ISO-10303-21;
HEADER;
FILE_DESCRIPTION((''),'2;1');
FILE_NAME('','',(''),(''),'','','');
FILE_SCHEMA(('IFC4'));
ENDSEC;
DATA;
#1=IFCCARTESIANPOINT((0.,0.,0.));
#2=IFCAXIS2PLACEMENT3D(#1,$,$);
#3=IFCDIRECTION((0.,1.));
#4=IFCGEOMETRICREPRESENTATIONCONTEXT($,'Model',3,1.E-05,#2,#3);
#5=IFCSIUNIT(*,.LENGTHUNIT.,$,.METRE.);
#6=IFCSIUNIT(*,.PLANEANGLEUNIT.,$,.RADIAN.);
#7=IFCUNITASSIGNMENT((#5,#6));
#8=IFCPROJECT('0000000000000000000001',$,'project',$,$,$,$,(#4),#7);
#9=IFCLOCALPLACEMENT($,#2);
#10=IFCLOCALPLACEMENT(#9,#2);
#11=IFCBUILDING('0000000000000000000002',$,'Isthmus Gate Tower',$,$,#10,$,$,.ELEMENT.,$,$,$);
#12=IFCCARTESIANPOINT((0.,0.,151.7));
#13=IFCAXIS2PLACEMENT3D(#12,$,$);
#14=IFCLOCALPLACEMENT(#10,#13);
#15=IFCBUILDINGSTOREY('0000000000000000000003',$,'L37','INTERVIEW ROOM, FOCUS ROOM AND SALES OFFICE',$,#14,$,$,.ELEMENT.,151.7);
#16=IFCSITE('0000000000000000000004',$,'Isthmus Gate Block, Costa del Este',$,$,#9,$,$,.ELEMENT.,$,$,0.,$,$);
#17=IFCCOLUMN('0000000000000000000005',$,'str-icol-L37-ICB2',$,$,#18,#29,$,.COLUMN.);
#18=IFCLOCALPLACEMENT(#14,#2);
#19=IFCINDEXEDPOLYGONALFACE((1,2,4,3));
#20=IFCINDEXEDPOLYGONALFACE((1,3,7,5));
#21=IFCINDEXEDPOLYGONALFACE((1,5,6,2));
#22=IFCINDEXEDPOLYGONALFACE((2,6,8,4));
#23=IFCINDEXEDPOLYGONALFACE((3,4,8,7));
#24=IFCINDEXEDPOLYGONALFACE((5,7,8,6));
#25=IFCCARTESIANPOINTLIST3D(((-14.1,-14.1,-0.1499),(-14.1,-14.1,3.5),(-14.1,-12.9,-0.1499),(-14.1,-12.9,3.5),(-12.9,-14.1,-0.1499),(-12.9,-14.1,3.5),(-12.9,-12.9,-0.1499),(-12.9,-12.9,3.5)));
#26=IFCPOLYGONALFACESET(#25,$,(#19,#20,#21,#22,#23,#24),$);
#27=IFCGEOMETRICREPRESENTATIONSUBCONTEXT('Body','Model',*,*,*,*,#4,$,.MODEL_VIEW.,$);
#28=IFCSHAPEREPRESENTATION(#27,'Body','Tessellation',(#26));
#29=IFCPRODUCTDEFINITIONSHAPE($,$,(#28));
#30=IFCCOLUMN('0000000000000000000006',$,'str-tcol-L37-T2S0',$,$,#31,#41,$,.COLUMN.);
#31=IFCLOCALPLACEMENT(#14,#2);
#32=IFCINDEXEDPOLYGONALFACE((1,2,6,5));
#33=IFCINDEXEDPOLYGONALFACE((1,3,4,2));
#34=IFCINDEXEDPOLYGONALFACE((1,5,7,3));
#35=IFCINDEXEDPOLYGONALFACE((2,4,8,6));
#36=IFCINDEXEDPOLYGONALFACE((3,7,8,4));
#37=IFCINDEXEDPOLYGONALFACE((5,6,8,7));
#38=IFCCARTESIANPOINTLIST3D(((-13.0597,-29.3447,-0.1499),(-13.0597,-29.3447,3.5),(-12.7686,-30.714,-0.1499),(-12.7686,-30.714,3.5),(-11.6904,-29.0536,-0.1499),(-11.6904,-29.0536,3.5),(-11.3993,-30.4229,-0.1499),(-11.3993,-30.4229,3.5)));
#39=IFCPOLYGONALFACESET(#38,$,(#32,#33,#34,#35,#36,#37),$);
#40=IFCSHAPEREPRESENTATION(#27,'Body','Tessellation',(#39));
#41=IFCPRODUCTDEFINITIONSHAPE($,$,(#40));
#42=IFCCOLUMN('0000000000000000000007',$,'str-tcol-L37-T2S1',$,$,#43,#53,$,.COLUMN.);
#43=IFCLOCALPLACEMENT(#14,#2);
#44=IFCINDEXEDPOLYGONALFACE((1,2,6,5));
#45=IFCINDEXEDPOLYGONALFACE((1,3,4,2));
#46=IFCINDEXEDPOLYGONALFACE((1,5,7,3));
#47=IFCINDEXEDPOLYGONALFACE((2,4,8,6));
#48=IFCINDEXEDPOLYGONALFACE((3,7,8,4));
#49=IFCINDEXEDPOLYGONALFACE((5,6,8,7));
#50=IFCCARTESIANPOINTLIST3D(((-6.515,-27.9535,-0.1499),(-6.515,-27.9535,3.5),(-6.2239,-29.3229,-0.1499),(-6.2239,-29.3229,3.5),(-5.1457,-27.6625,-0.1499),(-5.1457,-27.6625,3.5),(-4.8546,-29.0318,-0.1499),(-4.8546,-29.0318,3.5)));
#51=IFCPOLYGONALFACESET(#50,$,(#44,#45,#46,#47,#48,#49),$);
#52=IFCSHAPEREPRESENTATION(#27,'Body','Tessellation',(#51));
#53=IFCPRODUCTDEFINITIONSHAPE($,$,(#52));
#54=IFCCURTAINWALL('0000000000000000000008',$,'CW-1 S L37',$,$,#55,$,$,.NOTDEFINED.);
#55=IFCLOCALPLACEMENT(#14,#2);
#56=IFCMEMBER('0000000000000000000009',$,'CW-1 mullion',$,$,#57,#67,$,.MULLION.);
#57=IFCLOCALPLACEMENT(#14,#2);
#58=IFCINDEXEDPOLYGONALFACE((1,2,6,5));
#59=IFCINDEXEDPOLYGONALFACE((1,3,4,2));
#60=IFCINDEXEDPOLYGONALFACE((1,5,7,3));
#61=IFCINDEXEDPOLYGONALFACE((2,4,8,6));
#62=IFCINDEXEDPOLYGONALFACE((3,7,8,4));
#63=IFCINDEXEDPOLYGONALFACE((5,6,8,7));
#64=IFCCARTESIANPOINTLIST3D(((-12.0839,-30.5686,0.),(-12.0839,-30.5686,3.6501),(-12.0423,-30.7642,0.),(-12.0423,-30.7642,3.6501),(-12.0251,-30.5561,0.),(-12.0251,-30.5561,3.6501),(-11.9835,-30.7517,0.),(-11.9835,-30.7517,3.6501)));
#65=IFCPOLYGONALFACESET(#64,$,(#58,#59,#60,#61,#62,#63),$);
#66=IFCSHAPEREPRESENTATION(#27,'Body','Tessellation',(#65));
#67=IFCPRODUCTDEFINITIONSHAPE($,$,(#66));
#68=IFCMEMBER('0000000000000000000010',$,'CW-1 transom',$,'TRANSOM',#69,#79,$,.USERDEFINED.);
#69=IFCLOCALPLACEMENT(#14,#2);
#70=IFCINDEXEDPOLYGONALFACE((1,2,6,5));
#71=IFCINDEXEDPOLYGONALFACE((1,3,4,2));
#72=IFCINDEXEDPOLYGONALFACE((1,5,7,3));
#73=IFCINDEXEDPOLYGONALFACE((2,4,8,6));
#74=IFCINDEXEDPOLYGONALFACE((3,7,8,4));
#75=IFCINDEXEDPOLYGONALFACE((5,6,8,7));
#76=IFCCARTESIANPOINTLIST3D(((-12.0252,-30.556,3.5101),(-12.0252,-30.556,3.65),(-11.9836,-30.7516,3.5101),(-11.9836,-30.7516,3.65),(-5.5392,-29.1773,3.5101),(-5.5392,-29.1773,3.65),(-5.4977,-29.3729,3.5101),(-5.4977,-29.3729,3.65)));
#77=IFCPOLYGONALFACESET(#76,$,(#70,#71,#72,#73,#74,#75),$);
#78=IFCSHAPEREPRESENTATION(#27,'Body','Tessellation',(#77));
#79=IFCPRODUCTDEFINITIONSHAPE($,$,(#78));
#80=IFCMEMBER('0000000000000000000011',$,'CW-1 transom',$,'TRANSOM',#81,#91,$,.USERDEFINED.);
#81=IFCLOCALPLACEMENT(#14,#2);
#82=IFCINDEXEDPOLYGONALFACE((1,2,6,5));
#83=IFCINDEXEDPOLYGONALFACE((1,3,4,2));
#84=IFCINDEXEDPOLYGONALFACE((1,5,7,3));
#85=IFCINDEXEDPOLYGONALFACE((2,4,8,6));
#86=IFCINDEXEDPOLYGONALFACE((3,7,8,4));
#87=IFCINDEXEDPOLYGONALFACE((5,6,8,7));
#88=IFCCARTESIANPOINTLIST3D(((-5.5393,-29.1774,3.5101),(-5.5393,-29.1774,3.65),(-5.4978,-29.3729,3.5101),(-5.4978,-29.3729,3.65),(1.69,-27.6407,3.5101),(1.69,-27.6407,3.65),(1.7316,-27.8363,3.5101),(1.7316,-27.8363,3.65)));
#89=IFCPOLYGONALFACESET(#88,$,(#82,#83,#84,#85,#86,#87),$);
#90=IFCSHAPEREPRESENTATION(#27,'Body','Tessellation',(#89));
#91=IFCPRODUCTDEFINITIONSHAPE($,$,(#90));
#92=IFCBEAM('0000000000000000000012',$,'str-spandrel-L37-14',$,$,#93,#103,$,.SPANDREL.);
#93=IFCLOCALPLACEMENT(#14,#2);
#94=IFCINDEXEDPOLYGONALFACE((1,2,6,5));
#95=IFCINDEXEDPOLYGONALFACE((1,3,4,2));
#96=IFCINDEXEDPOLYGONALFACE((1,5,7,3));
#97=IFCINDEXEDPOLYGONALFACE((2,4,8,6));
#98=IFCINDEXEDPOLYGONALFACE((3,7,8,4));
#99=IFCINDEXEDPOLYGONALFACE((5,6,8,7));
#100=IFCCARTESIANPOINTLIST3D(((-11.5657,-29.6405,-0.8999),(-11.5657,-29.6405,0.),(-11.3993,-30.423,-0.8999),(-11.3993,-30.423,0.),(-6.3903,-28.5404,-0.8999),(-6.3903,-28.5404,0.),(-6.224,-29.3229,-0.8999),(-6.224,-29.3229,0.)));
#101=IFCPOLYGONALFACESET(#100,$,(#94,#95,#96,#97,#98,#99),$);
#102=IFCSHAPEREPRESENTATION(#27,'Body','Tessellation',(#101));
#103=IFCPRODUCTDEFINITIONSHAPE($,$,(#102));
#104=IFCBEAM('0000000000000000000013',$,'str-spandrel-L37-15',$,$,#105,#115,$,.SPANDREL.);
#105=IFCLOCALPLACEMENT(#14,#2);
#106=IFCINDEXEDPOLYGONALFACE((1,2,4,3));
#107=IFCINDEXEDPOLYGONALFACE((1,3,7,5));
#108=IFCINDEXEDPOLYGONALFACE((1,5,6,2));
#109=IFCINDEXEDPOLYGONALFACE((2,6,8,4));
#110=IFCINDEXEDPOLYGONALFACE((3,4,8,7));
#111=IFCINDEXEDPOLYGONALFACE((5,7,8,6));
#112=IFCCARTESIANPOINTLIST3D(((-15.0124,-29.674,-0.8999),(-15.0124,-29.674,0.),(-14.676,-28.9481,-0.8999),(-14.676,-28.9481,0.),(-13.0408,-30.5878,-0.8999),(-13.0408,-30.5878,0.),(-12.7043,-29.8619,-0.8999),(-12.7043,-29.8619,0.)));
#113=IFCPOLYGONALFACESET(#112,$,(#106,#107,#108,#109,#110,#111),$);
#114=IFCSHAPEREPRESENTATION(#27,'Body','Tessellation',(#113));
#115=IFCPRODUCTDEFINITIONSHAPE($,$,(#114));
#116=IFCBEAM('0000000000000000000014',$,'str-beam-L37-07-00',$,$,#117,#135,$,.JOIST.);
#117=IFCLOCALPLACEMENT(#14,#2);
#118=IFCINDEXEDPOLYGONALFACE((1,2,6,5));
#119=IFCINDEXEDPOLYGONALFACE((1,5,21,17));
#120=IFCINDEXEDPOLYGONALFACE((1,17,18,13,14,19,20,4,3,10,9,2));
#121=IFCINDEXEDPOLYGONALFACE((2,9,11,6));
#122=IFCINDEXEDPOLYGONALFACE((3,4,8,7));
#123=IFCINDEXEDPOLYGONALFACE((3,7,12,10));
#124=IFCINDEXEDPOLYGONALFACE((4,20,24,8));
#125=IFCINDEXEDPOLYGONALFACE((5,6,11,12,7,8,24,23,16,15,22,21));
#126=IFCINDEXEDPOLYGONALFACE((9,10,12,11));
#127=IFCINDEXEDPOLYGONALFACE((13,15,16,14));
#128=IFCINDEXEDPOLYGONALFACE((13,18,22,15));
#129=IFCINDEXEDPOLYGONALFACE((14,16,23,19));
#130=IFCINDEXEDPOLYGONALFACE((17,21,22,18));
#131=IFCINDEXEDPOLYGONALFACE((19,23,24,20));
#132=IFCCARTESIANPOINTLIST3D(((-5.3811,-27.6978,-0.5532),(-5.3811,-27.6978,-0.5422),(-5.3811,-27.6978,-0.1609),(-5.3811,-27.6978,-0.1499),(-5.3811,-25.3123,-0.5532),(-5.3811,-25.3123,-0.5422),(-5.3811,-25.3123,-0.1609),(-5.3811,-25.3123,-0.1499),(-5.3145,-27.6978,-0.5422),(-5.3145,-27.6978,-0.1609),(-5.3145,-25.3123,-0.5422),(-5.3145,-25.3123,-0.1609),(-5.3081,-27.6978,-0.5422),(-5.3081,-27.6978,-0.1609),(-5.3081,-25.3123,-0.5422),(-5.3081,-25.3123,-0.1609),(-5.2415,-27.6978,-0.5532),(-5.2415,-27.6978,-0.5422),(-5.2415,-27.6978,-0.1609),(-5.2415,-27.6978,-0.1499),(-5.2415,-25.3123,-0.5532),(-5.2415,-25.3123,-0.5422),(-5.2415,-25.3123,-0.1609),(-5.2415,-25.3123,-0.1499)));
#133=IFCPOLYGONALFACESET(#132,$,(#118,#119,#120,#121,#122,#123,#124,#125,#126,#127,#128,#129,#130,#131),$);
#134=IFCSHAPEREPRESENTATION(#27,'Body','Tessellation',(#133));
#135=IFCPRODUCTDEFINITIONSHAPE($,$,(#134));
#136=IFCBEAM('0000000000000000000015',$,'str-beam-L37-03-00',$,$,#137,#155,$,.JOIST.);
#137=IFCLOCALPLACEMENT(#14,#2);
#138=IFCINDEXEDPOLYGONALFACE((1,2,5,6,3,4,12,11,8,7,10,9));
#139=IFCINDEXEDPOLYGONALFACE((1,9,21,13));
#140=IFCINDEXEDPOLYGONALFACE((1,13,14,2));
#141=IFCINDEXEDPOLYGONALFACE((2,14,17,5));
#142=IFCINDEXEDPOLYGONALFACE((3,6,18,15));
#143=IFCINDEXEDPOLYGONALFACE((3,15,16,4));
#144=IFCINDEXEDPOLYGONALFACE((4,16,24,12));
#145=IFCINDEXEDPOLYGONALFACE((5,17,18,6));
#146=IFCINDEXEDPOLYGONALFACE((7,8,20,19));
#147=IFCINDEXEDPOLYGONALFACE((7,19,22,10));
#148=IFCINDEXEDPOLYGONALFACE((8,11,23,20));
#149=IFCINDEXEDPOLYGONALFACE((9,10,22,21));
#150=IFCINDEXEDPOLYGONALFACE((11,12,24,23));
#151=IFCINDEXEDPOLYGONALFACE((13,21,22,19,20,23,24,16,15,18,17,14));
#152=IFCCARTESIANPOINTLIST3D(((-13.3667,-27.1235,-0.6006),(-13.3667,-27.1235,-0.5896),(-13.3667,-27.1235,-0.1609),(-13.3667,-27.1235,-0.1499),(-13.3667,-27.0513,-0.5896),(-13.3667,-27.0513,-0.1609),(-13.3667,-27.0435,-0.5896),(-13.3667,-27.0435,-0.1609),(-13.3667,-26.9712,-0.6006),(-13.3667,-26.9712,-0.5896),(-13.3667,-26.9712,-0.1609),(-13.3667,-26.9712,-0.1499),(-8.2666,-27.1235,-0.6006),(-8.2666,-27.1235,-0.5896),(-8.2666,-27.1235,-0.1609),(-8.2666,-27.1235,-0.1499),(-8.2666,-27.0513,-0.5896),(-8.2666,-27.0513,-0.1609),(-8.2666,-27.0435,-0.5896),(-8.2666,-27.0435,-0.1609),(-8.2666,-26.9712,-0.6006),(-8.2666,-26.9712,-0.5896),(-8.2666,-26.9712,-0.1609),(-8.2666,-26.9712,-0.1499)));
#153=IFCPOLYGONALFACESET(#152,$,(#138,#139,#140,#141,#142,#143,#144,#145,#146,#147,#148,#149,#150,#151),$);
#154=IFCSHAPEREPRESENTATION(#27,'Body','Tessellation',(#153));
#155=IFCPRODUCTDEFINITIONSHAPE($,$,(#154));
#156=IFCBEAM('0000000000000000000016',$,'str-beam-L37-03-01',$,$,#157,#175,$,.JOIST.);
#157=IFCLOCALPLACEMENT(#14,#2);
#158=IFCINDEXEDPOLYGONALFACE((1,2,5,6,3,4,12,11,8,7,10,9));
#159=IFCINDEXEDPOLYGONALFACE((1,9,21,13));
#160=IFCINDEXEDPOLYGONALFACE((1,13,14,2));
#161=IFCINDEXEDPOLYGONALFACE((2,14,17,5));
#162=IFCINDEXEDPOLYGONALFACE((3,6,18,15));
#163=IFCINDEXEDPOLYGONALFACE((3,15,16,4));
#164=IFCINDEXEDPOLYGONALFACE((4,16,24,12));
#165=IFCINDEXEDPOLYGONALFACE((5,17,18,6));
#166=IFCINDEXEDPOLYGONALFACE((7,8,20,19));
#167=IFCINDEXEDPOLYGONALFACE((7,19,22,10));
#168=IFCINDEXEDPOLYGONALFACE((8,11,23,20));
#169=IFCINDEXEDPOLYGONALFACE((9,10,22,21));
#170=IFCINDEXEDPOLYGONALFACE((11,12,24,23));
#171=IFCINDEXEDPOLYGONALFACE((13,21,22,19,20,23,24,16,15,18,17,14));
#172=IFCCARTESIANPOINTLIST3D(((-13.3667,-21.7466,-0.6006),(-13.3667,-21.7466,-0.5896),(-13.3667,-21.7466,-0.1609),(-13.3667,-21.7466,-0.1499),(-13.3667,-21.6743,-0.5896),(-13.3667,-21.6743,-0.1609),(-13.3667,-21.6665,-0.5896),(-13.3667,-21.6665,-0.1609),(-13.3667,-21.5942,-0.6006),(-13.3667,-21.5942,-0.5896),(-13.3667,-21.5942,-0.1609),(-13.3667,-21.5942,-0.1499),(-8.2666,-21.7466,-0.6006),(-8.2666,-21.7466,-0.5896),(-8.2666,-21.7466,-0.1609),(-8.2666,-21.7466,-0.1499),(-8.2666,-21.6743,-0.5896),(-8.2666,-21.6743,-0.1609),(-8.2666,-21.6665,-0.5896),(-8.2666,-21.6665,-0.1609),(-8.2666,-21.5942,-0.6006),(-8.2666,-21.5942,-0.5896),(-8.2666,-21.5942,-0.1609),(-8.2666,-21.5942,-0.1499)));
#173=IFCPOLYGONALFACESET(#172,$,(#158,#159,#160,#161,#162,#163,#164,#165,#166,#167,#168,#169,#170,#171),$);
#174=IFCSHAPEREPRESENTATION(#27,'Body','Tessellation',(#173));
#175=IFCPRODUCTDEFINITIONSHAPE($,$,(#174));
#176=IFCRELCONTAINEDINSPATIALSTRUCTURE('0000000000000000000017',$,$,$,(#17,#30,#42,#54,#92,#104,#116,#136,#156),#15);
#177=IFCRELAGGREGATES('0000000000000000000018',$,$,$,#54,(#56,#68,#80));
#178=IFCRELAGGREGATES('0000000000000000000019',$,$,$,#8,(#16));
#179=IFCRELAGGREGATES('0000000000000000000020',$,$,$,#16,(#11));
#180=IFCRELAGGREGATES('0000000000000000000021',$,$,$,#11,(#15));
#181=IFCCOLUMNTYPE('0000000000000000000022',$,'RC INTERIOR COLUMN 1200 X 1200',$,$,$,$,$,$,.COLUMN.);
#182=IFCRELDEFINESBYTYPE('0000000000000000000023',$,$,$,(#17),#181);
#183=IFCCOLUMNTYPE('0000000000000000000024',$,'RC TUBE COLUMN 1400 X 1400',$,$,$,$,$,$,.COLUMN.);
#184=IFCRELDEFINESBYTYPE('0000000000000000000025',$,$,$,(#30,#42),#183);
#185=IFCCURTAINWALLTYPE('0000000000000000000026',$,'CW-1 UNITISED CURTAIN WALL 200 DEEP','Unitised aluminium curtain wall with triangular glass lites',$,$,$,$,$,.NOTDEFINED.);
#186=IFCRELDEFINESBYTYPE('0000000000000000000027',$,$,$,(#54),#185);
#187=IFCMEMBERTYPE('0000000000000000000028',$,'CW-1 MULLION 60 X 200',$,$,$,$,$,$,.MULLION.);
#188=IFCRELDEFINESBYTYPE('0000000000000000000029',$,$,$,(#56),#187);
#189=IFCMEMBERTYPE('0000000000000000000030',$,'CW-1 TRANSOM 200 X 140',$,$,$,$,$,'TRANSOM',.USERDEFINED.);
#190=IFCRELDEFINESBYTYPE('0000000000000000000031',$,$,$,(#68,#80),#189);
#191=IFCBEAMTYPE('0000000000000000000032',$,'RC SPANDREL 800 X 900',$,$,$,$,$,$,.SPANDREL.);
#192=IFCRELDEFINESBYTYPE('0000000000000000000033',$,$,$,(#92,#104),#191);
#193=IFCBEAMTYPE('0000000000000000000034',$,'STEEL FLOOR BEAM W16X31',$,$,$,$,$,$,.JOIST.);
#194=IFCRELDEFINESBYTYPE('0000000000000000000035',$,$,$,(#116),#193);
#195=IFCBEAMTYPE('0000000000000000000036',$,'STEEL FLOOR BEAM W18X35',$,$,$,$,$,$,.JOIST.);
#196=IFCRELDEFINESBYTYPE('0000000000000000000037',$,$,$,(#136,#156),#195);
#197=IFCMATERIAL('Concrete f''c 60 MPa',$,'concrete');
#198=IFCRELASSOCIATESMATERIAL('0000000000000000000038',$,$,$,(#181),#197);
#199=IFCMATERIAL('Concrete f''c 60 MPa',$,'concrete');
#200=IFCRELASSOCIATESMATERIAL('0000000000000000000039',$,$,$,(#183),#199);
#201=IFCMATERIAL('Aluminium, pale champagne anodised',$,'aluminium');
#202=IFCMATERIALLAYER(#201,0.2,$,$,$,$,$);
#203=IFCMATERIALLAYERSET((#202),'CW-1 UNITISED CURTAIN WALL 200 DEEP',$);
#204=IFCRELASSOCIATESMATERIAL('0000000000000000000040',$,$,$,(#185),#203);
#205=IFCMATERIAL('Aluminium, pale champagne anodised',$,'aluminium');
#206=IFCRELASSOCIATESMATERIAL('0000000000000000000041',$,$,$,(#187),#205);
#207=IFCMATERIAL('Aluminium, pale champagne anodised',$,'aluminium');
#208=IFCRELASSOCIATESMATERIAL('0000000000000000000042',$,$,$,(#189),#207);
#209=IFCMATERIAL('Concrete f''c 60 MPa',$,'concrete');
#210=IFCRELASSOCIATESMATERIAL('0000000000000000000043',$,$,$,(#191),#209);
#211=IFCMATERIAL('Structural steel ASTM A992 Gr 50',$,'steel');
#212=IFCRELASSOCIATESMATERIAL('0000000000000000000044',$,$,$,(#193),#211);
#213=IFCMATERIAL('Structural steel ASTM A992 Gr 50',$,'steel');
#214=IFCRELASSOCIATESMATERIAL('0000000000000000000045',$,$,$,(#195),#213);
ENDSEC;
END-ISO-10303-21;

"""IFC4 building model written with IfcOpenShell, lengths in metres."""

from ifc_helpers import new_model, si_unit, direction, frame, origin, origin_2d, place, context, subcontext, project, spatial, rectangle, i_section, extrude, material, layer, layer_set, material_profile, profile_set, type_object, element, aggregate, save


model = new_model("IFC4")

# Units and contexts
model_context = context("Model", 3, precision=1e-05, world=origin(), true_north=direction((0.0, 1.0)))
body_context = subcontext(model_context, "Body", "Model", "MODEL_VIEW")
ifc_project = project(units=[si_unit("LENGTHUNIT", "METRE"), si_unit("PLANEANGLEUNIT", "RADIAN")], contexts=[model_context])

# Site, building, storey
site_placement = place(None, origin())
site = spatial("IfcSite", under=ifc_project, at=site_placement, Name="Isthmus Gate Block, Costa del Este", CompositionType="ELEMENT", RefElevation=0.0)
building_placement = place(site_placement, origin())
building = spatial("IfcBuilding", under=site, at=building_placement, Name="Isthmus Gate Tower", CompositionType="ELEMENT")
storey_placement = place(building_placement, frame((0.0, 0.0, 151.7)))
storey = spatial("IfcBuildingStorey", under=building, at=storey_placement, Name="L37", Description="INTERVIEW ROOM, FOCUS ROOM AND SALES OFFICE", CompositionType="ELEMENT", Elevation=151.7)

# Columns
ifc_material_1 = material(Name="Concrete f'c 60 MPa", Category="concrete")
ifc_material_profile_1 = material_profile(ifc_material_1, rectangle(XDim=1.2, YDim=1.2, at=origin_2d()), Name="RC 1200X1200")
ifc_profile_set_1 = profile_set([ifc_material_profile_1], Name="Concrete f'c 60 MPa")
column_type_1 = type_object("IfcColumnType", Name="RC INTERIOR COLUMN 1200 X 1200", PredefinedType="COLUMN", material=ifc_profile_set_1)
column_placement = place(storey_placement, frame((-13.5, -13.5, -0.1499), z_axis=(0.0, 0.0, 1.0), x_axis=(1.0, 0.0, 0.0)))
element("IfcColumn", 1, at=column_placement, inside=storey, type_object=column_type_1, Name="str-icol-L37-ICB2", PredefinedType="COLUMN", context=body_context, shape_type="SweptSolid", body=[
    extrude(rectangle(XDim=1.2, YDim=1.2, at=origin_2d()), origin(), (0.0, 0.0, 1.0), 3.6499),
])
ifc_material_2 = material(Name="Concrete f'c 60 MPa", Category="concrete")
ifc_material_profile_2 = material_profile(ifc_material_2, rectangle(XDim=1.3999, YDim=1.3999, at=origin_2d()), Name="RC 1400X1400")
ifc_profile_set_2 = profile_set([ifc_material_profile_2], Name="Concrete f'c 60 MPa")
column_type_2 = type_object("IfcColumnType", Name="RC TUBE COLUMN 1400 X 1400", PredefinedType="COLUMN", material=ifc_profile_set_2)
for number, where, z_axis, x_axis, name in (
    (2, (-12.2295, -29.8838, -0.1499), (0.0, 0.0, 1.0), (0.978148, 0.207912, 0.0), "str-tcol-L37-T2S0"),
    (3, (-5.6848, -28.4927, -0.1499), (0.0, 0.0, 1.0), (0.978148, 0.207912, 0.0), "str-tcol-L37-T2S1"),
):
    element("IfcColumn", number, at=place(storey_placement, frame(where, z_axis=z_axis, x_axis=x_axis)), inside=storey, type_object=column_type_2, Name=name, PredefinedType="COLUMN", context=body_context, shape_type="SweptSolid", body=[
        extrude(rectangle(XDim=1.3999, YDim=1.3999, at=origin_2d()), origin(), (0.0, 0.0, 1.0), 3.6499),
    ])

# Curtain wall, members
ifc_material_3 = material(Name="Aluminium, pale champagne anodised", Category="aluminium")
ifc_layer_1 = layer(ifc_material_3, 0.2)
ifc_layer_set_1 = layer_set([ifc_layer_1], Name="CW-1 UNITISED CURTAIN WALL 200 DEEP")
curtain_wall_type = type_object("IfcCurtainWallType", Name="CW-1 UNITISED CURTAIN WALL 200 DEEP", Description="Unitised aluminium curtain wall with triangular glass lites", PredefinedType="NOTDEFINED", material=ifc_layer_set_1)
curtain_wall_1_placement = place(storey_placement, origin())
curtain_wall_1 = element("IfcCurtainWall", 4, at=curtain_wall_1_placement, inside=storey, type_object=curtain_wall_type, Name="CW-1 S L37", PredefinedType="NOTDEFINED")
ifc_material_4 = material(Name="Aluminium, pale champagne anodised", Category="aluminium")
ifc_material_profile_3 = material_profile(ifc_material_4, rectangle(XDim=0.0601, YDim=0.2, at=origin_2d()), Name="60x200")
ifc_profile_set_3 = profile_set([ifc_material_profile_3], Name="Aluminium, pale champagne anodised")
member_type_1 = type_object("IfcMemberType", Name="CW-1 MULLION 60 X 200", PredefinedType="MULLION", material=ifc_profile_set_3)
member_1_placement = place(storey_placement, frame((-12.0337, -30.6602, 0.0), z_axis=(0.0, 0.0, 1.0), x_axis=(0.978148, 0.207912, 0.0)))
member_1 = element("IfcMember", 5, at=member_1_placement, type_object=member_type_1, Name="CW-1 mullion", PredefinedType="MULLION", context=body_context, shape_type="SweptSolid", body=[
    extrude(rectangle(XDim=0.0601, YDim=0.2, at=origin_2d()), origin(), (0.0, 0.0, 1.0), 3.6501),
])
ifc_material_5 = material(Name="Aluminium, pale champagne anodised", Category="aluminium")
ifc_material_profile_4 = material_profile(ifc_material_5, rectangle(XDim=0.2, YDim=0.1399, at=origin_2d()), Name="200x140")
ifc_profile_set_4 = profile_set([ifc_material_profile_4], Name="Aluminium, pale champagne anodised")
member_type_2 = type_object("IfcMemberType", Name="CW-1 TRANSOM 200 X 140", ElementType="TRANSOM", PredefinedType="USERDEFINED", material=ifc_profile_set_4)
member_2_placement = place(storey_placement, frame((-12.0044, -30.6538, 3.5801), z_axis=(0.978146, 0.20792, 0.0), x_axis=(-0.20792, 0.978146, 0.0)))
member_2 = element("IfcMember", 6, at=member_2_placement, type_object=member_type_2, Name="CW-1 transom", ObjectType="TRANSOM", PredefinedType="USERDEFINED", context=body_context, shape_type="SweptSolid", body=[
    extrude(rectangle(XDim=0.2, YDim=0.1399, at=origin_2d()), origin(), (0.0, 0.0, 1.0), 6.6309),
])
member_3_placement = place(storey_placement, frame((-5.5186, -29.2751, 3.5801), z_axis=(0.978148, 0.207911, 0.0), x_axis=(-0.207911, 0.978148, 0.0)))
member_3 = element("IfcMember", 7, at=member_3_placement, type_object=member_type_2, Name="CW-1 transom", ObjectType="TRANSOM", PredefinedType="USERDEFINED", context=body_context, shape_type="SweptSolid", body=[
    extrude(rectangle(XDim=0.2, YDim=0.1399, at=origin_2d()), origin(), (0.0, 0.0, 1.0), 7.3909),
])

# Beams
ifc_material_6 = material(Name="Concrete f'c 60 MPa", Category="concrete")
ifc_material_profile_5 = material_profile(ifc_material_6, rectangle(XDim=0.8, YDim=0.8999, at=origin_2d()), Name="RC 800X900")
ifc_profile_set_5 = profile_set([ifc_material_profile_5], Name="Concrete f'c 60 MPa")
beam_type_1 = type_object("IfcBeamType", Name="RC SPANDREL 800 X 900", PredefinedType="SPANDREL", material=ifc_profile_set_5)
beam_1_placement = place(storey_placement, frame((-6.3071, -28.9316, -0.45), z_axis=(-0.978145, -0.207922, 0.0), x_axis=(0.207922, -0.978145, 0.0)))
element("IfcBeam", 8, at=beam_1_placement, inside=storey, type_object=beam_type_1, Name="str-spandrel-L37-14", PredefinedType="SPANDREL", context=body_context, shape_type="SweptSolid", body=[
    extrude(rectangle(XDim=0.8, YDim=0.8999, at=origin_2d()), origin(), (0.0, 0.0, 1.0), 5.291),
])
beam_2_placement = place(storey_placement, frame((-12.8726, -30.2249, -0.45), z_axis=(-0.907291, 0.420504, 0.0), x_axis=(-0.420504, -0.907291, 0.0)))
element("IfcBeam", 9, at=beam_2_placement, inside=storey, type_object=beam_type_1, Name="str-spandrel-L37-15", PredefinedType="SPANDREL", context=body_context, shape_type="SweptSolid", body=[
    extrude(rectangle(XDim=0.8, YDim=0.8999, at=origin_2d()), origin(), (0.0, 0.0, 1.0), 2.1731),
])
ifc_material_7 = material(Name="Structural steel ASTM A992 Gr 50", Category="steel")
ifc_material_profile_6 = material_profile(ifc_material_7, i_section(OverallWidth=0.1396, OverallDepth=0.4033, WebThickness=0.0063, FlangeThickness=0.011, at=origin_2d()), Name="W16X31")
ifc_profile_set_6 = profile_set([ifc_material_profile_6], Name="Structural steel ASTM A992 Gr 50")
beam_type_2 = type_object("IfcBeamType", Name="STEEL FLOOR BEAM W16X31", PredefinedType="JOIST", material=ifc_profile_set_6)
beam_3_placement = place(storey_placement, frame((-5.3113, -27.6978, -0.3516), z_axis=(0.0, 1.0, 0.0), x_axis=(-1.0, 0.0, 0.0)))
element("IfcBeam", 10, at=beam_3_placement, inside=storey, type_object=beam_type_2, Name="str-beam-L37-07-00", PredefinedType="JOIST", context=body_context, shape_type="SweptSolid", body=[
    extrude(i_section(OverallWidth=0.1396, OverallDepth=0.4033, WebThickness=0.0063, FlangeThickness=0.011, at=origin_2d()), origin(), (0.0, 0.0, 1.0), 2.3855),
])
ifc_material_8 = material(Name="Structural steel ASTM A992 Gr 50", Category="steel")
ifc_material_profile_7 = material_profile(ifc_material_8, i_section(OverallWidth=0.1523, OverallDepth=0.4507, WebThickness=0.0078, FlangeThickness=0.011, at=origin_2d()), Name="W18X35")
ifc_profile_set_7 = profile_set([ifc_material_profile_7], Name="Structural steel ASTM A992 Gr 50")
beam_type_3 = type_object("IfcBeamType", Name="STEEL FLOOR BEAM W18X35", PredefinedType="JOIST", material=ifc_profile_set_7)
for number, where, z_axis, x_axis, name in (
    (11, (-13.3667, -27.0474, -0.3752), (1.0, 0.0, 0.0), (0.0, 1.0, 0.0), "str-beam-L37-03-00"),
    (12, (-13.3667, -21.6704, -0.3752), (1.0, 0.0, 0.0), (0.0, 1.0, 0.0), "str-beam-L37-03-01"),
):
    element("IfcBeam", number, at=place(storey_placement, frame(where, z_axis=z_axis, x_axis=x_axis)), inside=storey, type_object=beam_type_3, Name=name, PredefinedType="JOIST", context=body_context, shape_type="SweptSolid", body=[
        extrude(i_section(OverallWidth=0.1523, OverallDepth=0.4507, WebThickness=0.0078, FlangeThickness=0.011, at=origin_2d()), origin(), (0.0, 0.0, 1.0), 5.1001),
    ])

aggregate(curtain_wall_1, [member_1, member_2, member_3])

save(model, "model.ifc")
